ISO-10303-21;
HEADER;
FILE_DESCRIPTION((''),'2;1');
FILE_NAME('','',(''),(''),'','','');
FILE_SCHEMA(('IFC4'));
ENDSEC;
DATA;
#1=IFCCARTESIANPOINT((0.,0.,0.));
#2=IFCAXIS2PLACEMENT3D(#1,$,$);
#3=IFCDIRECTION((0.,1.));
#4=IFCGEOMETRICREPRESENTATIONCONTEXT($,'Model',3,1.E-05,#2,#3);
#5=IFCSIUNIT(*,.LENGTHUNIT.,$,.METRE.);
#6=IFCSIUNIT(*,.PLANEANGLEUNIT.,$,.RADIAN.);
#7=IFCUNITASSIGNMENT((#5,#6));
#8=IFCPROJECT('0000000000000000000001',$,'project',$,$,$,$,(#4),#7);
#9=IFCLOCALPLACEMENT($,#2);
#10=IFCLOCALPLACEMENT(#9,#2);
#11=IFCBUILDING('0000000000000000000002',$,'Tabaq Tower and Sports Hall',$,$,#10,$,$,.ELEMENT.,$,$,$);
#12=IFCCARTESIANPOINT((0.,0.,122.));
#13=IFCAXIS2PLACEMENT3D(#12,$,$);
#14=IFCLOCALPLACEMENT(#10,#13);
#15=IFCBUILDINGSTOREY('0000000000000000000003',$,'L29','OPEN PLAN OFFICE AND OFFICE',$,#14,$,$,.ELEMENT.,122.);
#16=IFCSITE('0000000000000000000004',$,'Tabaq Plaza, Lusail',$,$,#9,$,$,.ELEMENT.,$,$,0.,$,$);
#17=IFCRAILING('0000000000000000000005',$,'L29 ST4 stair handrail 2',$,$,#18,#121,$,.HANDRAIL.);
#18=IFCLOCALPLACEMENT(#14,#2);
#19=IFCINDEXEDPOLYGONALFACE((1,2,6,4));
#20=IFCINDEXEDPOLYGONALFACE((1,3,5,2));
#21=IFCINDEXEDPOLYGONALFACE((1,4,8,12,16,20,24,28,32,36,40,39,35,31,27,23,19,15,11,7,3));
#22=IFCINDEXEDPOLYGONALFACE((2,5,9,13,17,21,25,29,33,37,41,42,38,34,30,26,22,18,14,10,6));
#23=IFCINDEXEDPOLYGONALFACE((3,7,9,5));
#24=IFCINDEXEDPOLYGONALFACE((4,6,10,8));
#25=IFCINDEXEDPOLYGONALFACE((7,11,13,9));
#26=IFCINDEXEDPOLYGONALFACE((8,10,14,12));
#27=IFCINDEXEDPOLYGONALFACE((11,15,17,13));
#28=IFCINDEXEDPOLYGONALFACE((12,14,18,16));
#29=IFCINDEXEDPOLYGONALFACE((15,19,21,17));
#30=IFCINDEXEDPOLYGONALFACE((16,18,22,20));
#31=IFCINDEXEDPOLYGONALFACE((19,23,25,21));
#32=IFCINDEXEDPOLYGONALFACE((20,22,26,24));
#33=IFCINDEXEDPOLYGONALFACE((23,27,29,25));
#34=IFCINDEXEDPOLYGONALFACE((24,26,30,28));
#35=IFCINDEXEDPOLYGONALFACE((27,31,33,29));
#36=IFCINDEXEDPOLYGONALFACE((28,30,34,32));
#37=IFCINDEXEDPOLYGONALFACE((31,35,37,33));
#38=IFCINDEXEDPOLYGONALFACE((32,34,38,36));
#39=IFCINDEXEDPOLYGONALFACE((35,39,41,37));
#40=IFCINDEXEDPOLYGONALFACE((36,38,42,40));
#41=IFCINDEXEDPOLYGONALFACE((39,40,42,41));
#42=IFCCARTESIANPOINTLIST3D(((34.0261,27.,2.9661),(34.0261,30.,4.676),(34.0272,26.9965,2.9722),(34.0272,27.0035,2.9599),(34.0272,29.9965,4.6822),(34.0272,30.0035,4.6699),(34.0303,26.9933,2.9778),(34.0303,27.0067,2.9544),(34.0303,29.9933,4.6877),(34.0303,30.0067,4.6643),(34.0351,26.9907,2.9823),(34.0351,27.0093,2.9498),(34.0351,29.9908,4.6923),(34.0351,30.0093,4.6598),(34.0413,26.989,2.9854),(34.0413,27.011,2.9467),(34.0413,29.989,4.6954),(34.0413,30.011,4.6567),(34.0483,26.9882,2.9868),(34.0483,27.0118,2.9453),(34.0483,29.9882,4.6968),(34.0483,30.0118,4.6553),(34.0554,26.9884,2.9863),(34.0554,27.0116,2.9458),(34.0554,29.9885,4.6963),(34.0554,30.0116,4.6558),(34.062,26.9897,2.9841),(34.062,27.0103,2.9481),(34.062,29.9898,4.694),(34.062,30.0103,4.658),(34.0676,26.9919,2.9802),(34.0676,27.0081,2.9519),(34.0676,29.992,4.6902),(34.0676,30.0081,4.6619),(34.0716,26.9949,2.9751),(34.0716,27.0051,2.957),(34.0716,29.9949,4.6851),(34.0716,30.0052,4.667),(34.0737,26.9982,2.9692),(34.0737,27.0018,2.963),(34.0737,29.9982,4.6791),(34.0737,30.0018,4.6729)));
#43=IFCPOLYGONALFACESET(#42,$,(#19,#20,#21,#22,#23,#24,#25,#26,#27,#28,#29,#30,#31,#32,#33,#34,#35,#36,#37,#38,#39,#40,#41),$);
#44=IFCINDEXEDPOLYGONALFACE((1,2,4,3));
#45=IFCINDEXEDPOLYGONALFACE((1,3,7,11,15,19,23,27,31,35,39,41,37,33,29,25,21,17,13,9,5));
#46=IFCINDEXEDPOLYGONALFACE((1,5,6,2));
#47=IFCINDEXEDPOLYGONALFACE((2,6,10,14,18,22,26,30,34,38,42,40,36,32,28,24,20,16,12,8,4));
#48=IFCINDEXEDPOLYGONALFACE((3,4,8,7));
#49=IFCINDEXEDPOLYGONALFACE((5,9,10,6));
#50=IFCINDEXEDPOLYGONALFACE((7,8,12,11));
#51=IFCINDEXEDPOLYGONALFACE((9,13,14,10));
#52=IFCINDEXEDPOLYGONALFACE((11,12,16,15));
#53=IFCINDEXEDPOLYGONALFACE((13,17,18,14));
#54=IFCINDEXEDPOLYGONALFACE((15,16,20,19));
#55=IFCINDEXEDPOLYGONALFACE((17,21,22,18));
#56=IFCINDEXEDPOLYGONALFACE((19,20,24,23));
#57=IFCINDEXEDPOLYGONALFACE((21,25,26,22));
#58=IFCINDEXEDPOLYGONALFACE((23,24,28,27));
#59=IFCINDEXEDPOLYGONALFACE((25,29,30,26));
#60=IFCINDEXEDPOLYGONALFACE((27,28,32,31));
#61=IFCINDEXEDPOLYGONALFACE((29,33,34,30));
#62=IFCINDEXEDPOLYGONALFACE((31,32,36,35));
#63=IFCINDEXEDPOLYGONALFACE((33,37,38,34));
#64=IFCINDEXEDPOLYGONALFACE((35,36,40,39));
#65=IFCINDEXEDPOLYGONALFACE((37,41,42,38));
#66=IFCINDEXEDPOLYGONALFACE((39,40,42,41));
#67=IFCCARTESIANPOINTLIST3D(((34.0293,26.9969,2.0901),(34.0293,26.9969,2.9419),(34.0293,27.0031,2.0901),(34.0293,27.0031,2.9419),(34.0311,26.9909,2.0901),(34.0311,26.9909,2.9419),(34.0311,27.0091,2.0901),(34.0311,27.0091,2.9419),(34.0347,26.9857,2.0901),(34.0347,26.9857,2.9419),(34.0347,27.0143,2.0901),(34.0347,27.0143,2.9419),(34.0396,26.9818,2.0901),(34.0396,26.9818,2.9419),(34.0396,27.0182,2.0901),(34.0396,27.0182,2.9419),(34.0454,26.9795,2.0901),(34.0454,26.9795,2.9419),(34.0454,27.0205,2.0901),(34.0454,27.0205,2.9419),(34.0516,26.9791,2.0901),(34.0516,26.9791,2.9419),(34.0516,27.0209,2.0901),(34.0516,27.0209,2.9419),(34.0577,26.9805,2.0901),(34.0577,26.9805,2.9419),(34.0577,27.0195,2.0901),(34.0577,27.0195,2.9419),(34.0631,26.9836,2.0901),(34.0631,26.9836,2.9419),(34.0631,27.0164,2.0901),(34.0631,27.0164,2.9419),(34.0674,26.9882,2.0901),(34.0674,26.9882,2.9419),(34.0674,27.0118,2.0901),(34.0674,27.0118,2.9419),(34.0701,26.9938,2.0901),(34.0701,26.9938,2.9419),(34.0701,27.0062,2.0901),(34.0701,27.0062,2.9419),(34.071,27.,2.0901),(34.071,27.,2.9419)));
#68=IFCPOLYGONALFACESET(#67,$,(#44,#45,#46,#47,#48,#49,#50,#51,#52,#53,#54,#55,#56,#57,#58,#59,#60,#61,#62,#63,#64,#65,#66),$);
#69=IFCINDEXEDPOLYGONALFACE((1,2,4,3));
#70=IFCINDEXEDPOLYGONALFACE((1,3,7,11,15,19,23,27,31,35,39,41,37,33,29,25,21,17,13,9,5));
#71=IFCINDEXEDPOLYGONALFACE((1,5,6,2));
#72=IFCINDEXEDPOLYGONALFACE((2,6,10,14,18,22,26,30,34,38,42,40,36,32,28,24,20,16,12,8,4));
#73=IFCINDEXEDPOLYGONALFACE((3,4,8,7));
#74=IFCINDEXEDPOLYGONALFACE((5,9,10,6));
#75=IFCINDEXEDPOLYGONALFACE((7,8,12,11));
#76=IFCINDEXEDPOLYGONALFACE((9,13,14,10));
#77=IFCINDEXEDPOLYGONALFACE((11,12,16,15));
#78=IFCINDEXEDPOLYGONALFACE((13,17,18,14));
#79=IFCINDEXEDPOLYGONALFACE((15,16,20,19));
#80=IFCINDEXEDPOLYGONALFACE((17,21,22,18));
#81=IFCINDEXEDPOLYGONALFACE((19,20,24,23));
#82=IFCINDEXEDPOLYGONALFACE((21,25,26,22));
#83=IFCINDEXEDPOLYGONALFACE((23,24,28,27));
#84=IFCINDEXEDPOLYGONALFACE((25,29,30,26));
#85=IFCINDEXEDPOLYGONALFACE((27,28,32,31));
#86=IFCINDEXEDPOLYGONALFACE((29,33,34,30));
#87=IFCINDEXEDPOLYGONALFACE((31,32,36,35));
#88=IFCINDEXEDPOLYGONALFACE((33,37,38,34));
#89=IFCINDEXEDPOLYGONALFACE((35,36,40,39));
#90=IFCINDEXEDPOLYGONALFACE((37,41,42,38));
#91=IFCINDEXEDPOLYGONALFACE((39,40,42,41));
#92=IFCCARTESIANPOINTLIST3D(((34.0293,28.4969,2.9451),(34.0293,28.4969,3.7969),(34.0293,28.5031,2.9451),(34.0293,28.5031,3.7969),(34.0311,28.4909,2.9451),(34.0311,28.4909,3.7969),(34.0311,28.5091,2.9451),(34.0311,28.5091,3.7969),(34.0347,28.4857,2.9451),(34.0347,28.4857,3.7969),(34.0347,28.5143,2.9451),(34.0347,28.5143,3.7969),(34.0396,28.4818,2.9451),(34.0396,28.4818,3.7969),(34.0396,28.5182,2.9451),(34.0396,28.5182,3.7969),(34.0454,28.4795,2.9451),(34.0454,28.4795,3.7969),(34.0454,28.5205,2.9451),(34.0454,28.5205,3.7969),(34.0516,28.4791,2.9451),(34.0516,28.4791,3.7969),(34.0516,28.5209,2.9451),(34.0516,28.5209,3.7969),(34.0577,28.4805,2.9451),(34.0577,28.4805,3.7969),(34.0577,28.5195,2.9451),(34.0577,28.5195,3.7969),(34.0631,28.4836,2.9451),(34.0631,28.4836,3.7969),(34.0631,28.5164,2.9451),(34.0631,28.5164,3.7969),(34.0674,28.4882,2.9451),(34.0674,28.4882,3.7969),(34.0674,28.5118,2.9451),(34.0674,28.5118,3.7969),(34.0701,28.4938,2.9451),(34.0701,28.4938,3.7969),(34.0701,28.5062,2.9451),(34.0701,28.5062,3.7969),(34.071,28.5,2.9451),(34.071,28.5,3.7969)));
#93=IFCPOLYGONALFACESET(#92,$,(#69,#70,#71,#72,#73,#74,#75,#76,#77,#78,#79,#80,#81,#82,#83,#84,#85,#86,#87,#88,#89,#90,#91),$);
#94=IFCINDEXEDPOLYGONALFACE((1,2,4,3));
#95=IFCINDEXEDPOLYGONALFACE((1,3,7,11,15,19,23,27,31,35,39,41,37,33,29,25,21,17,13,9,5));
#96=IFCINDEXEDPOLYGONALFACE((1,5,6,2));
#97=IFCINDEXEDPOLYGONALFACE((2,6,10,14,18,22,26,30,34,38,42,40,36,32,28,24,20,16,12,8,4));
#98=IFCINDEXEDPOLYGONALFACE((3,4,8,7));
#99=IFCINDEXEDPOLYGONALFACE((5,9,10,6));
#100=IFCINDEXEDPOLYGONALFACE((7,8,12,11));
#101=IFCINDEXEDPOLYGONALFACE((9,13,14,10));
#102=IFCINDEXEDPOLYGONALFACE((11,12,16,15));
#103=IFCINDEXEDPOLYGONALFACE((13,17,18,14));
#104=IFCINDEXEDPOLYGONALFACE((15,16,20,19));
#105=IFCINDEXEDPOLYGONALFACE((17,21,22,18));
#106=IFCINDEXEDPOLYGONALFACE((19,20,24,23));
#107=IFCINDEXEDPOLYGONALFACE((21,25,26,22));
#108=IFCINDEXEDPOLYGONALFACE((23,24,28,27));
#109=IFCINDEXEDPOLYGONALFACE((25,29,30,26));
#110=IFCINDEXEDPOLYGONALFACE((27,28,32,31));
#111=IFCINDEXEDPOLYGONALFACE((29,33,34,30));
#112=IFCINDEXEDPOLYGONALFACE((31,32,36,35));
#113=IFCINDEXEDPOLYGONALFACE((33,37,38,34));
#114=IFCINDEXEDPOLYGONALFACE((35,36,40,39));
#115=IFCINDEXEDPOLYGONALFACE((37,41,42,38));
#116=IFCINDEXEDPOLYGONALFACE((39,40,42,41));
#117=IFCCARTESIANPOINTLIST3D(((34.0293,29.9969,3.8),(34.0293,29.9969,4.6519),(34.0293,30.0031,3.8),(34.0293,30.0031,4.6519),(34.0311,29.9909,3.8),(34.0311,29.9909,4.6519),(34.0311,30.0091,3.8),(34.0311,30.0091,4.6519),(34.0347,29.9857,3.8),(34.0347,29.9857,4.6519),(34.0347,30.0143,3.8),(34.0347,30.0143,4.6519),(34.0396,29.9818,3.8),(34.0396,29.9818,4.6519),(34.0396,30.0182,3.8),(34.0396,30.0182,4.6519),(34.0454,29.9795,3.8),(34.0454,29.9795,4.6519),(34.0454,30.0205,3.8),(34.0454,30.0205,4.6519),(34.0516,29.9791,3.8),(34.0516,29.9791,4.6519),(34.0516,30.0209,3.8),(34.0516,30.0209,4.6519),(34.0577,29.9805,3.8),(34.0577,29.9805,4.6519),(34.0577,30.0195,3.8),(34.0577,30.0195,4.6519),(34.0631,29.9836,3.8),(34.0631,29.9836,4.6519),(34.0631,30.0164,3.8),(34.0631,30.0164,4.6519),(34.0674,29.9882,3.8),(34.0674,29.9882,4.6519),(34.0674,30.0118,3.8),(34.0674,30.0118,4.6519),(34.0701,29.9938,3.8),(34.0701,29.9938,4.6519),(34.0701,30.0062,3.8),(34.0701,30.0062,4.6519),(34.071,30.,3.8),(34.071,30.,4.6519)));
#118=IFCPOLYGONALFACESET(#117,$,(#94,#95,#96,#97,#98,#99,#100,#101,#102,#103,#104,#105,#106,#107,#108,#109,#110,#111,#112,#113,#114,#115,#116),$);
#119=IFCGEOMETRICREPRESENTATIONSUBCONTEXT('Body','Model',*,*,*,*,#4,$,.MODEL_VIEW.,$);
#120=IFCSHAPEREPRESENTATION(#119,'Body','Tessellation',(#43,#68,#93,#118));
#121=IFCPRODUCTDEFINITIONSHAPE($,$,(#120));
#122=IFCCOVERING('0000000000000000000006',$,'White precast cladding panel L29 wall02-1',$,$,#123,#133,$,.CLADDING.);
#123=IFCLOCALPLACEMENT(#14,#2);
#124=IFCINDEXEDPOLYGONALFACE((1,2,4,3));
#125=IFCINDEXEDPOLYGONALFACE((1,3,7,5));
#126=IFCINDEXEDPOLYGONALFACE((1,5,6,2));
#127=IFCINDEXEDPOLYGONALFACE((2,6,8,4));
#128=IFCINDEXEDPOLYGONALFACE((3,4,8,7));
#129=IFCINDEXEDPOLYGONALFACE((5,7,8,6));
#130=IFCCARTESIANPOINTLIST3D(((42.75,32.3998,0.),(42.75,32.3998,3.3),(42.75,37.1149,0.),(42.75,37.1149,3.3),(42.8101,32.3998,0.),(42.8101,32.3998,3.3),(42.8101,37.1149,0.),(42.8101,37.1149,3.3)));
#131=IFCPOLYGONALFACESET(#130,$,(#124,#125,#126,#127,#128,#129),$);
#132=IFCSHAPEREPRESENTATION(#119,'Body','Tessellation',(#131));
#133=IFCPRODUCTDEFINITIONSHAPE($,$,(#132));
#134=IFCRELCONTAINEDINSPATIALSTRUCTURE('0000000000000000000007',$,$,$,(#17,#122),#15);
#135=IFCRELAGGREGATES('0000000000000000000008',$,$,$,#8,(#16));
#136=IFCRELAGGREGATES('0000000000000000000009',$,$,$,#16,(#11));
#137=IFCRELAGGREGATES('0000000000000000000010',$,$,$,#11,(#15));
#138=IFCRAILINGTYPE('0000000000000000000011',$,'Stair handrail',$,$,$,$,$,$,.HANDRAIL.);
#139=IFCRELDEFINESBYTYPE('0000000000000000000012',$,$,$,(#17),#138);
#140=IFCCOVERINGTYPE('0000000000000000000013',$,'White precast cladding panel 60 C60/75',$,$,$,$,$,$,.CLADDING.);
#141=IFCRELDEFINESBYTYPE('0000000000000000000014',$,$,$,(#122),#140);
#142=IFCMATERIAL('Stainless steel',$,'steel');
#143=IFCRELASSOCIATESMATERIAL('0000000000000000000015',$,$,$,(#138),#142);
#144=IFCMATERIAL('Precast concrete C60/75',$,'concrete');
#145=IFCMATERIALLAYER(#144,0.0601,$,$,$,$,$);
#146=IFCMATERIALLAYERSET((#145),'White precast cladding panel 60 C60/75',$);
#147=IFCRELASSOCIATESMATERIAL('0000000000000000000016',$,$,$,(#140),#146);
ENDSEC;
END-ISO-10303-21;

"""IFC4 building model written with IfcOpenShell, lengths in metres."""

from ifc_helpers import new_model, si_unit, direction, frame, frame_2d, origin, origin_2d, place, context, subcontext, project, spatial, rectangle, circle, extrude, material, layer, layer_set, type_object, element, save


model = new_model("IFC4")

# Units and contexts
model_context = context("Model", 3, precision=1e-05, world=origin(), true_north=direction((0.0, 1.0)))
body_context = subcontext(model_context, "Body", "Model", "MODEL_VIEW")
ifc_project = project(units=[si_unit("LENGTHUNIT", "METRE"), si_unit("PLANEANGLEUNIT", "RADIAN")], contexts=[model_context])

# Site, building, storey
site_placement = place(None, origin())
site = spatial("IfcSite", under=ifc_project, at=site_placement, Name="Tabaq Plaza, Lusail", CompositionType="ELEMENT", RefElevation=0.0)
building_placement = place(site_placement, origin())
building = spatial("IfcBuilding", under=site, at=building_placement, Name="Tabaq Tower and Sports Hall", CompositionType="ELEMENT")
storey_placement = place(building_placement, frame((0.0, 0.0, 122.0)))
storey = spatial("IfcBuildingStorey", under=building, at=storey_placement, Name="L29", Description="OPEN PLAN OFFICE AND OFFICE", CompositionType="ELEMENT", Elevation=122.0)

# Railing
ifc_material_1 = material(Name="Stainless steel", Category="steel")
railing_type_1 = type_object("IfcRailingType", Name="Stair handrail", PredefinedType="HANDRAIL", material=ifc_material_1)
railing_1_placement = place(storey_placement, frame((34.05, 27.0, 2.0901)))
element("IfcRailing", 1, at=railing_1_placement, inside=storey, type_object=railing_type_1, Name="L29 ST4 stair handrail 2", PredefinedType="HANDRAIL", context=body_context, shape_type="SweptSolid", body=[
    extrude(circle(Radius=0.0239, at=origin_2d()), frame((0.0, 0.0, 0.876), z_axis=(0.0, 0.868782, 0.495195), x_axis=(-1.0, 0.0, 0.0)), (0.0, 0.0, 1.0), 3.4531),
    extrude(circle(Radius=0.021, at=origin_2d()), origin(), (0.0, 0.0, 1.0), 0.8518),
    extrude(circle(Radius=0.021, at=origin_2d()), frame((0.0, 1.5, 0.855)), (0.0, 0.0, 1.0), 0.8518),
    extrude(circle(Radius=0.021, at=origin_2d()), frame((0.0, 3.0, 1.71)), (0.0, 0.0, 1.0), 0.8518),
])

# Covering
ifc_material_2 = material(Name="Precast concrete C60/75", Category="concrete")
ifc_layer_1 = layer(ifc_material_2, 0.0601)
ifc_layer_set_1 = layer_set([ifc_layer_1], Name="White precast cladding panel 60 C60/75")
covering_type = type_object("IfcCoveringType", Name="White precast cladding panel 60 C60/75", PredefinedType="CLADDING", material=ifc_layer_set_1)
covering_placement = place(storey_placement, frame((42.78, 32.3999, 0.0), z_axis=(0.0, 0.0, 1.0), x_axis=(0.0, 1.0, 0.0)))
element("IfcCovering", 2, at=covering_placement, inside=storey, type_object=covering_type, Name="White precast cladding panel L29 wall02-1", PredefinedType="CLADDING", context=body_context, shape_type="SweptSolid", body=[
    extrude(rectangle(XDim=4.7151, YDim=0.0601, at=frame_2d((2.3574, 0.0))), origin(), (0.0, 0.0, 1.0), 3.3),
])

save(model, "model.ifc")
